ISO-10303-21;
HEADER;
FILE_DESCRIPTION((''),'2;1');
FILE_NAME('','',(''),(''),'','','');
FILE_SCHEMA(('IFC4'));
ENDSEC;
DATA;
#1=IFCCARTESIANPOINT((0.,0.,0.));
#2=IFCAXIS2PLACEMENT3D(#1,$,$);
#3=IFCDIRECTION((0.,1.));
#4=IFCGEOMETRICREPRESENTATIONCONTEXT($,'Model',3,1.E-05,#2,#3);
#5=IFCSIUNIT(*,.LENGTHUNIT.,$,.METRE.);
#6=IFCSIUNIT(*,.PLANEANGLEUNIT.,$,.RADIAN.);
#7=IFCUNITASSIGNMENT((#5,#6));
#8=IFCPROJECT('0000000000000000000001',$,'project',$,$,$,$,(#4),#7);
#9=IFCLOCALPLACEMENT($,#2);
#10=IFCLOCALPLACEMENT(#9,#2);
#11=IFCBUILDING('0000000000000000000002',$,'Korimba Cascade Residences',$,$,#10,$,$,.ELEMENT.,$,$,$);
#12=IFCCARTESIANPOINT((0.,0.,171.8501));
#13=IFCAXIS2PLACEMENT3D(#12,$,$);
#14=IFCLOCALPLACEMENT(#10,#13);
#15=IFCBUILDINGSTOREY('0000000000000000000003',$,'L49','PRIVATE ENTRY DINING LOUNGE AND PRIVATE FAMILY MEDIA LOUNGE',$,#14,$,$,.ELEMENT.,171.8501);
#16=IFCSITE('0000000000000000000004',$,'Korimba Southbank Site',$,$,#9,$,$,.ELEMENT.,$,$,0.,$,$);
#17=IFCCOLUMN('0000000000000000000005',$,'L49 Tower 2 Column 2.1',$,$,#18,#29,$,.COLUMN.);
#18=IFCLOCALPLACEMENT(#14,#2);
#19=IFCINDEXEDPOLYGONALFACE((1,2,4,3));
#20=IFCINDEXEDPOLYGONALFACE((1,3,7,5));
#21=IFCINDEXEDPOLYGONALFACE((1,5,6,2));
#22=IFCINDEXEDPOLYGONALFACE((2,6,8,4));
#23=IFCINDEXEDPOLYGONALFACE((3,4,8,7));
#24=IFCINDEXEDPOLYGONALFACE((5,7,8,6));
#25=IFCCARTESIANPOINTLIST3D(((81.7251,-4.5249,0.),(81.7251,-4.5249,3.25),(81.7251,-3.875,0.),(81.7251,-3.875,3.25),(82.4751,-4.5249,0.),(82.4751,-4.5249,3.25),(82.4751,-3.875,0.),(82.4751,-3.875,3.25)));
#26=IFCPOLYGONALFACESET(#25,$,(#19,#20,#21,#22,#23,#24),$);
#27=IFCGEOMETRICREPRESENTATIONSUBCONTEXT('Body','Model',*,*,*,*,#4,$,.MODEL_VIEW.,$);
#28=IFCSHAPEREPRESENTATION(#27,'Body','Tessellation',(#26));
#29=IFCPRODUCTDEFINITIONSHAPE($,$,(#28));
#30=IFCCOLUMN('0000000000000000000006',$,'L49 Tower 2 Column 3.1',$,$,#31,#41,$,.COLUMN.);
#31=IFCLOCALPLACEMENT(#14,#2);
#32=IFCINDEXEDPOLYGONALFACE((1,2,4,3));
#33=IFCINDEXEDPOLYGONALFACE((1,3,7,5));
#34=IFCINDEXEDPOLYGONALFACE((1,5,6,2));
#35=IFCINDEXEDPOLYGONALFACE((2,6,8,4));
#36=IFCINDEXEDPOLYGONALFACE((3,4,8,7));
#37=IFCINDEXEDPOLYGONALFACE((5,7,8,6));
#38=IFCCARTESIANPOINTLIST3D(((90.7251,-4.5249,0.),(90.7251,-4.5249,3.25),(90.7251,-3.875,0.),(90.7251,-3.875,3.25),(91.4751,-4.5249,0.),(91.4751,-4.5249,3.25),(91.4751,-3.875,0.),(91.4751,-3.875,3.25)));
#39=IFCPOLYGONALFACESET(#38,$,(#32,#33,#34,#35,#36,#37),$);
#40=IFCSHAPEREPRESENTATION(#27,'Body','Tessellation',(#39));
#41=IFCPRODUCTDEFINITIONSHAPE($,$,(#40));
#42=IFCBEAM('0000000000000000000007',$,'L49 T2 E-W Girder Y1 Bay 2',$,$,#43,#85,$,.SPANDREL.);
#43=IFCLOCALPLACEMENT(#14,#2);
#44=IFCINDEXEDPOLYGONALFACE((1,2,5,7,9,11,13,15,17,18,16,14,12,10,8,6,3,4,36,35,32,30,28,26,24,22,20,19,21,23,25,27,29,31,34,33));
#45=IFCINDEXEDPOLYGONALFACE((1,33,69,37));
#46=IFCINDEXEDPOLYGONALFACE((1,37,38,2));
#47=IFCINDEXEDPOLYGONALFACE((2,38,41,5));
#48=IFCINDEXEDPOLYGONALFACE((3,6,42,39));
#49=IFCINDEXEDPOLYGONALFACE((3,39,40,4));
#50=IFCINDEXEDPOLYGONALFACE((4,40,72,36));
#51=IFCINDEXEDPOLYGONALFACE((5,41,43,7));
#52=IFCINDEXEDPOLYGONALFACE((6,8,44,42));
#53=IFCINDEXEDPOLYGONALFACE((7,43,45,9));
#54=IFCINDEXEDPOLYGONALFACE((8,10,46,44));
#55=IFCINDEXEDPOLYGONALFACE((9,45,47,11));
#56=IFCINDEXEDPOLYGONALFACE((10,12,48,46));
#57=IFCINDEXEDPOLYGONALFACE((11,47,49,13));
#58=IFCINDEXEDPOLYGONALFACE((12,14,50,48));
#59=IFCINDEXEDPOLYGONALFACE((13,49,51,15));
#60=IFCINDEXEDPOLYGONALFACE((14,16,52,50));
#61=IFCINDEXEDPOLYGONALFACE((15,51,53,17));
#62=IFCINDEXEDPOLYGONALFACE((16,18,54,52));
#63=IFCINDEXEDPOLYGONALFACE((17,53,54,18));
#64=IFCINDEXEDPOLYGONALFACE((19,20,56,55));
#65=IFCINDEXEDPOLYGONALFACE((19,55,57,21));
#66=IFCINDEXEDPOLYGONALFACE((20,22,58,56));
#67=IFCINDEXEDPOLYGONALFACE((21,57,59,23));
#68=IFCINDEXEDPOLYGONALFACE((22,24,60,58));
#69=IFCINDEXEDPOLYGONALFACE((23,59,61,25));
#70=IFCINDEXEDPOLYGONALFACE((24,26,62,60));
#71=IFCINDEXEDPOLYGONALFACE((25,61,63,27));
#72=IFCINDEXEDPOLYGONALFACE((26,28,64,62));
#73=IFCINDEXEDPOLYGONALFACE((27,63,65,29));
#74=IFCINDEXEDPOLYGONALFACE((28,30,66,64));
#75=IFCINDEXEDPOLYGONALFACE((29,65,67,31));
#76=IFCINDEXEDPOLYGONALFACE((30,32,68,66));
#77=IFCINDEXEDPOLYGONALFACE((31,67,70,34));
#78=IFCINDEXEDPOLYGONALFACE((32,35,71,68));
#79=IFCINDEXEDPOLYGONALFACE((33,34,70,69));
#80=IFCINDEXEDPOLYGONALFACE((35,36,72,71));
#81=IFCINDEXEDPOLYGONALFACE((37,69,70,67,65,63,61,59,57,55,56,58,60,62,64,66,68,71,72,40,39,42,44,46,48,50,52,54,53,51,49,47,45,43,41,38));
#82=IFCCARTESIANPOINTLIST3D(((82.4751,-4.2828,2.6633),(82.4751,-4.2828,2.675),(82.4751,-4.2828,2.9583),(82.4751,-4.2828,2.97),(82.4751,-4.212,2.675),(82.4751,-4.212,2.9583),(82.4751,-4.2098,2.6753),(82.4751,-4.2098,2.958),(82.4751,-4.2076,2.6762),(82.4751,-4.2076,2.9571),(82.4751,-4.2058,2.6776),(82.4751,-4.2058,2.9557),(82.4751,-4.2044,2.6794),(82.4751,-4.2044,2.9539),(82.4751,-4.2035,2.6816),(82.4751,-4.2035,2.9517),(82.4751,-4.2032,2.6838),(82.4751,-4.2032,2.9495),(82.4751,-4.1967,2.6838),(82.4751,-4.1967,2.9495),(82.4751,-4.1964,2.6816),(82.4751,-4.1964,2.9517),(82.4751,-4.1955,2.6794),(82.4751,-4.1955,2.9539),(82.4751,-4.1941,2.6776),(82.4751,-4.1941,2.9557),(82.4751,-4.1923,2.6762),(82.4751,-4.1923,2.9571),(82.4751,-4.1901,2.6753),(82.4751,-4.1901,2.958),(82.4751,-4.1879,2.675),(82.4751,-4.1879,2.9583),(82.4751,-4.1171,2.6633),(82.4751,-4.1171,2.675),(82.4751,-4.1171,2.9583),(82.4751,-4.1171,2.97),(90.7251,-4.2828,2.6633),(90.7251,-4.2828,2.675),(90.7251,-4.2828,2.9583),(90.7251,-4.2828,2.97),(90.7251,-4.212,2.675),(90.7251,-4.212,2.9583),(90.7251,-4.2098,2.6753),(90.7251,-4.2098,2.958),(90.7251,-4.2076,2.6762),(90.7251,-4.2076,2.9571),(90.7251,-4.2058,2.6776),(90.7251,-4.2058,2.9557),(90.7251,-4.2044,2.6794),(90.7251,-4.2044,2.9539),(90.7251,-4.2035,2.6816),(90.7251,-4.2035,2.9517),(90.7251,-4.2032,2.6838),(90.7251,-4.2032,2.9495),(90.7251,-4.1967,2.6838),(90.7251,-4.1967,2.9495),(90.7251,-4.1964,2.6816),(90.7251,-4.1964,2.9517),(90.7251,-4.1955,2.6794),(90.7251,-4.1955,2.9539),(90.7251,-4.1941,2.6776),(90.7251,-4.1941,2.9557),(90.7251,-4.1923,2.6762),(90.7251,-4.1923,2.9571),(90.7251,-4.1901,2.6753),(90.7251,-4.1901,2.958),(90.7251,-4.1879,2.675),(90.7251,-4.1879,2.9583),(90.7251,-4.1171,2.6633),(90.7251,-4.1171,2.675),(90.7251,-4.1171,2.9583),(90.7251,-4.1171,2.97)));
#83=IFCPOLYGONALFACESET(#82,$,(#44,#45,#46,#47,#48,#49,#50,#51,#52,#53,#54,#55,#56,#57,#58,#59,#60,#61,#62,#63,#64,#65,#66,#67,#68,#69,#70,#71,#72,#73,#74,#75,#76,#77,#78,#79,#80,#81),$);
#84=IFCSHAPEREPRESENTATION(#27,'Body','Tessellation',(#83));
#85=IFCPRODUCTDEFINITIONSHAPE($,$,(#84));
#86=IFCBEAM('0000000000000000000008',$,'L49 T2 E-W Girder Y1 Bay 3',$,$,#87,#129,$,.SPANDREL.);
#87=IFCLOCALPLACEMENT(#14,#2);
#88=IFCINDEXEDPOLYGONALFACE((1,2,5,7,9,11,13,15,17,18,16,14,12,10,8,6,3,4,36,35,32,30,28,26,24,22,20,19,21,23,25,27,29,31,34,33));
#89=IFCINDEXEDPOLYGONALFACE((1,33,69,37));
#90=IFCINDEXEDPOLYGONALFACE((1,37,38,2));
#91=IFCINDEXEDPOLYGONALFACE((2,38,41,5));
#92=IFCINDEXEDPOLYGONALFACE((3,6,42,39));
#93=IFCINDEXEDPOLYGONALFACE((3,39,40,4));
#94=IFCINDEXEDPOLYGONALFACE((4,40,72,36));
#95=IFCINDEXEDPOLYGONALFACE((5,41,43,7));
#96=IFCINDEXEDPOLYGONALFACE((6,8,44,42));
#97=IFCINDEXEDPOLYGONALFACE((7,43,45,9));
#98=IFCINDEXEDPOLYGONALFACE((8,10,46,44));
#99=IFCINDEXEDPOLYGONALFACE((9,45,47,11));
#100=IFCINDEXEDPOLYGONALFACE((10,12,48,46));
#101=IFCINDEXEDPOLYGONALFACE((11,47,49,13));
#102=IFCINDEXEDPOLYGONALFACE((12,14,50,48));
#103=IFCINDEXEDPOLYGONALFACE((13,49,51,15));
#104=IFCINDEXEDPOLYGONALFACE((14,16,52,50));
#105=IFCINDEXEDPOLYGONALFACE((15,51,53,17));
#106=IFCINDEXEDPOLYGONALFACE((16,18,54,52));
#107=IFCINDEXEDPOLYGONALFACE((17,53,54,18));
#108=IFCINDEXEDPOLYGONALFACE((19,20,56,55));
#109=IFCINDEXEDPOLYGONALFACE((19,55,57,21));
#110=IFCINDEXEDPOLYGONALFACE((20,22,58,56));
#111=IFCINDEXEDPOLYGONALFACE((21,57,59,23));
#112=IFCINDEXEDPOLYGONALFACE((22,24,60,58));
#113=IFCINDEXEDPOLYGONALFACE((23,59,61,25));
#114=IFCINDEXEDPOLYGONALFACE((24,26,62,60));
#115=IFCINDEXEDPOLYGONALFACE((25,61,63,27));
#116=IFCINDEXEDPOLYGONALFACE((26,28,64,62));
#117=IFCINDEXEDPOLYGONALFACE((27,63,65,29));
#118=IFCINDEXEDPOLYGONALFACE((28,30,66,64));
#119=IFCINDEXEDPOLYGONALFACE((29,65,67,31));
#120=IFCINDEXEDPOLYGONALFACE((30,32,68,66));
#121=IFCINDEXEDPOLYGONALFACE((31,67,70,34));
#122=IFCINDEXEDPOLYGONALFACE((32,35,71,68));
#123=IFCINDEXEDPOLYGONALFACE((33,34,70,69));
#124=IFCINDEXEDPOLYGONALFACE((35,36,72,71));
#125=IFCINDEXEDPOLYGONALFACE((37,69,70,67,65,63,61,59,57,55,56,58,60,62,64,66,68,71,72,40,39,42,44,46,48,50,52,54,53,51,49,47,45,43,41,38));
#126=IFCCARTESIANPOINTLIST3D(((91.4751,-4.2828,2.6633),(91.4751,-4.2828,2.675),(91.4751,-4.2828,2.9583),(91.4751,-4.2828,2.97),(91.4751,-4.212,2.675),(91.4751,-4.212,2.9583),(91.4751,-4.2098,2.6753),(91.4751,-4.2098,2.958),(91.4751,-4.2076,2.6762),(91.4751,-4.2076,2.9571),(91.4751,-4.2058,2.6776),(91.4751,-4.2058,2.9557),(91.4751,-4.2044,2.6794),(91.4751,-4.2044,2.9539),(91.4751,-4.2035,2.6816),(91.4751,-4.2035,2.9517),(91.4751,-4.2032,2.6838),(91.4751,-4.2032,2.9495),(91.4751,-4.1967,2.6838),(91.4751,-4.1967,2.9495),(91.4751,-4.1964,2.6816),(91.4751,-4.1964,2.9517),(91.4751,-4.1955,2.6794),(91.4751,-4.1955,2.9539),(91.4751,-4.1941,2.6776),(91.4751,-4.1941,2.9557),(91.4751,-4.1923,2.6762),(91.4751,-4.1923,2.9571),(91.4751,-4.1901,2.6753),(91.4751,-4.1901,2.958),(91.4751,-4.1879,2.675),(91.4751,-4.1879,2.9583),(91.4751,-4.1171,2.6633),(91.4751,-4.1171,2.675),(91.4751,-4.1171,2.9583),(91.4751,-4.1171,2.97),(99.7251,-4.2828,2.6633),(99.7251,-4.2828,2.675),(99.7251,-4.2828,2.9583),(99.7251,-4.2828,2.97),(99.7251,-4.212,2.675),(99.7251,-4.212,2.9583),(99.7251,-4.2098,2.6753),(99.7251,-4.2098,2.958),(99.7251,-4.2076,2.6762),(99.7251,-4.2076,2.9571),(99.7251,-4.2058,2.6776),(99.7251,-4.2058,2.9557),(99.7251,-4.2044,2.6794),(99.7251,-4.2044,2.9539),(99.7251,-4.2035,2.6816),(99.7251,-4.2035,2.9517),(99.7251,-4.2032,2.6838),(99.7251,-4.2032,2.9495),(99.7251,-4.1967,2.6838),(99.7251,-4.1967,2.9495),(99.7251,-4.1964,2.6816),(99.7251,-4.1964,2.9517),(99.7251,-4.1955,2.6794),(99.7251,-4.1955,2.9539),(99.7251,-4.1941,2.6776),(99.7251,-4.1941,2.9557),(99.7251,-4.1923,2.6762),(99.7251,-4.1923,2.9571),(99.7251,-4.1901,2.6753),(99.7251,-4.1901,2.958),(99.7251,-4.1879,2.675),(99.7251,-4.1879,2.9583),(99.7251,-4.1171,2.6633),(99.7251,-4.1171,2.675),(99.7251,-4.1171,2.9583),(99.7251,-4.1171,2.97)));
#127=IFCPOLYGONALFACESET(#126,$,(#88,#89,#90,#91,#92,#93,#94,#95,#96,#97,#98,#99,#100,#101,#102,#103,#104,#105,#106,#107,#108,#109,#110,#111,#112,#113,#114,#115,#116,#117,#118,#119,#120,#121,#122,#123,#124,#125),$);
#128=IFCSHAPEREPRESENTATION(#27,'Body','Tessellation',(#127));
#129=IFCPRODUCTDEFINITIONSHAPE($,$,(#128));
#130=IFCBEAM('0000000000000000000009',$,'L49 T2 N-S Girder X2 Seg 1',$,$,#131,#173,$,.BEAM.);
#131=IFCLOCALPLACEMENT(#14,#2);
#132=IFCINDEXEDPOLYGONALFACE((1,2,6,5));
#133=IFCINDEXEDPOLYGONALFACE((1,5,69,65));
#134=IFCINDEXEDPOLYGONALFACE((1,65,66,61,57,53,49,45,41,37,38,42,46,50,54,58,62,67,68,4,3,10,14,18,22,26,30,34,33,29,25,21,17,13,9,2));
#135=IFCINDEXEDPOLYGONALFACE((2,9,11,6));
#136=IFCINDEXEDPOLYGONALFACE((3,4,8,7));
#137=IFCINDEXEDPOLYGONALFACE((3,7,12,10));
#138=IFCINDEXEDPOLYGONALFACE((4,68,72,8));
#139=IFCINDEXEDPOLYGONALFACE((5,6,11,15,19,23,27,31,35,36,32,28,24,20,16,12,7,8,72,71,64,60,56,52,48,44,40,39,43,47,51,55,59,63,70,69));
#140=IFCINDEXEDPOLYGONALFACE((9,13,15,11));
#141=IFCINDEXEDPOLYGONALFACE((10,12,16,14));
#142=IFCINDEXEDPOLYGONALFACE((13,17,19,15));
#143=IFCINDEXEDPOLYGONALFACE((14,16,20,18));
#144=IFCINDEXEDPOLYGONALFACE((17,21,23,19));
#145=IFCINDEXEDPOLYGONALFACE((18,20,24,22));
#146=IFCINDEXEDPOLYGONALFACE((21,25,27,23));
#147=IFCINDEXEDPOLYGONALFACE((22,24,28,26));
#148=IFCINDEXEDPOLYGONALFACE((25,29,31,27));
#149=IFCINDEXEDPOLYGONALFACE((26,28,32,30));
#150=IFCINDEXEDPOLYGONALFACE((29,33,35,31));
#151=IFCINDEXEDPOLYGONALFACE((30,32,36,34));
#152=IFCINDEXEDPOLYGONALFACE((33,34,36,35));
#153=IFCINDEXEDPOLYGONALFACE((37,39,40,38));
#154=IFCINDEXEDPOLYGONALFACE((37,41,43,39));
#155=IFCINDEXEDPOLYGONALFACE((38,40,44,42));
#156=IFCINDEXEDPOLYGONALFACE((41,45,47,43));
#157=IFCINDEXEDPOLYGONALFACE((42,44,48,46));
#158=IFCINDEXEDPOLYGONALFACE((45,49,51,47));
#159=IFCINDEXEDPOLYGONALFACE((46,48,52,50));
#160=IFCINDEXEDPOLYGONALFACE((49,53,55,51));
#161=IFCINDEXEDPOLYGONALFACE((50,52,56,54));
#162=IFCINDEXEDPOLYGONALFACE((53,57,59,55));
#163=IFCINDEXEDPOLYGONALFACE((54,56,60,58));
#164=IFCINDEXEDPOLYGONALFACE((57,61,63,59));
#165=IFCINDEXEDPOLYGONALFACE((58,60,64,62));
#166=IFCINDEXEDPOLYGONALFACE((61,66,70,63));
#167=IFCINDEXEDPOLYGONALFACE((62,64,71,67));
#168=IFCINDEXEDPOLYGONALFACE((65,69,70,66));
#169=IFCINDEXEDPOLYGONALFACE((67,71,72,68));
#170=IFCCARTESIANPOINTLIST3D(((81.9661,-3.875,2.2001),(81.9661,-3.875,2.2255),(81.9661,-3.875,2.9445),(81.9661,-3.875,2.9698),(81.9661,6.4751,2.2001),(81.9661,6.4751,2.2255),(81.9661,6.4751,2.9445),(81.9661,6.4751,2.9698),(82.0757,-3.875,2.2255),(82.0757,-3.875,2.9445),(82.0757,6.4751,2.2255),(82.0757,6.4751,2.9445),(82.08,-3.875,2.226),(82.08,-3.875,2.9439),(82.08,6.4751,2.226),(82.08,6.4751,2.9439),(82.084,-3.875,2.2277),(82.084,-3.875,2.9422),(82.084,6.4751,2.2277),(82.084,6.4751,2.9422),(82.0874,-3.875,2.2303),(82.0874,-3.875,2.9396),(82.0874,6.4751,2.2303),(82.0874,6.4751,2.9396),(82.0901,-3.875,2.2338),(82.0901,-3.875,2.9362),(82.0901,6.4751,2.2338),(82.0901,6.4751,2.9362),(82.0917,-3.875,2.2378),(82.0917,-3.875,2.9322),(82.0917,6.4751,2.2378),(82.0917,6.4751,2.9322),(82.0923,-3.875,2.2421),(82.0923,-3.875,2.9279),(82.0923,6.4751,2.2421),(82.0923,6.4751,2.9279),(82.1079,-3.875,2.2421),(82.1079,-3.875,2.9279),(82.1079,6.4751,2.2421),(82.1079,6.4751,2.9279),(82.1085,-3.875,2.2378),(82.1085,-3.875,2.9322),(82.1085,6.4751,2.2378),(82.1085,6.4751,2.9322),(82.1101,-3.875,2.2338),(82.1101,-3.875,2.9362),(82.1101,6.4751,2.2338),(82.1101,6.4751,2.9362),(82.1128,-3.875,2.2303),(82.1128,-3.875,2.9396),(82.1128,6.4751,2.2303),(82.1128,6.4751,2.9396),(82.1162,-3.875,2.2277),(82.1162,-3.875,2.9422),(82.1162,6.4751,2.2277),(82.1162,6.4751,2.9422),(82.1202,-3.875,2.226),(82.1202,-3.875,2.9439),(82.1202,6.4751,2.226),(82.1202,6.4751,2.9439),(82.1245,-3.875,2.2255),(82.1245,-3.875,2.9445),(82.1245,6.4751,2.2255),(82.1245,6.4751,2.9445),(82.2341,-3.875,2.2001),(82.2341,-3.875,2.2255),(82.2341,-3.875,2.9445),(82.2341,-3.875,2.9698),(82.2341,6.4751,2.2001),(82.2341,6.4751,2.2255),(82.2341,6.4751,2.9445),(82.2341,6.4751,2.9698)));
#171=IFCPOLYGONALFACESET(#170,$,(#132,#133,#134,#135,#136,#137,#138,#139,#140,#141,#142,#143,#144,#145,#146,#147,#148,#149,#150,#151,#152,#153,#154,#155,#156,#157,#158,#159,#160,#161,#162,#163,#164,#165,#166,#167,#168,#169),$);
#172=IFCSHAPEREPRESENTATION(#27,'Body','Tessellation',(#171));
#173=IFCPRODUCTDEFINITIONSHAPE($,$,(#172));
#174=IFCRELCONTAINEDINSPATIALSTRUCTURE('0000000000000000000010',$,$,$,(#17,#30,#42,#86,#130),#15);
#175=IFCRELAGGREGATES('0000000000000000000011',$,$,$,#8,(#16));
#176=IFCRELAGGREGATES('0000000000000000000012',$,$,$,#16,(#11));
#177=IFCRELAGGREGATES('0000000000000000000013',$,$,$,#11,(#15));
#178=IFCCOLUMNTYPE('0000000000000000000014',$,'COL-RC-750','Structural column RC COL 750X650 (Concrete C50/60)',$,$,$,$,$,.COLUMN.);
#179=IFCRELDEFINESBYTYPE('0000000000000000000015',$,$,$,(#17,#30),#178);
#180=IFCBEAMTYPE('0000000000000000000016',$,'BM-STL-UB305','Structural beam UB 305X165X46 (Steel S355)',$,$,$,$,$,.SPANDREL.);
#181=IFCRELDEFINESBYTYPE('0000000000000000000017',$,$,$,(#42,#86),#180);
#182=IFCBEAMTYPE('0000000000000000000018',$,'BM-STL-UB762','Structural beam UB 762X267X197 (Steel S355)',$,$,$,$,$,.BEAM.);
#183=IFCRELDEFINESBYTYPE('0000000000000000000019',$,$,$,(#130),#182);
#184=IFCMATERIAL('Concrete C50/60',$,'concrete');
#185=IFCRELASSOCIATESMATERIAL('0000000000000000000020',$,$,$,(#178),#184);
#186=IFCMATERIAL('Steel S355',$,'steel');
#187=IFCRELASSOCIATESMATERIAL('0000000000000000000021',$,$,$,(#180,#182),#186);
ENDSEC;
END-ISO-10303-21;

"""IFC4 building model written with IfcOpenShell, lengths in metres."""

from ifc_helpers import new_model, si_unit, direction, frame, origin, origin_2d, place, context, subcontext, project, spatial, rectangle, i_section, extrude, material, material_profile, profile_set, type_object, element, save


model = new_model("IFC4")

# Units and contexts
model_context = context("Model", 3, precision=1e-05, world=origin(), true_north=direction((0.0, 1.0)))
body_context = subcontext(model_context, "Body", "Model", "MODEL_VIEW")
ifc_project = project(units=[si_unit("LENGTHUNIT", "METRE"), si_unit("PLANEANGLEUNIT", "RADIAN")], contexts=[model_context])

# Site, building, storey
site_placement = place(None, origin())
site = spatial("IfcSite", under=ifc_project, at=site_placement, Name="Korimba Southbank Site", CompositionType="ELEMENT", RefElevation=0.0)
building_placement = place(site_placement, origin())
building = spatial("IfcBuilding", under=site, at=building_placement, Name="Korimba Cascade Residences", CompositionType="ELEMENT")
storey_placement = place(building_placement, frame((0.0, 0.0, 171.8501)))
storey = spatial("IfcBuildingStorey", under=building, at=storey_placement, Name="L49", Description="PRIVATE ENTRY DINING LOUNGE AND PRIVATE FAMILY MEDIA LOUNGE", CompositionType="ELEMENT", Elevation=171.8501)

# Columns
ifc_material_1 = material(Name="Concrete C50/60", Category="concrete")
ifc_material_profile_1 = material_profile(ifc_material_1, rectangle(XDim=0.75, YDim=0.6499, at=origin_2d()), Name="Concrete C50/60")
ifc_profile_set_1 = profile_set([ifc_material_profile_1], Name="Concrete C50/60")
column_type = type_object("IfcColumnType", Name="COL-RC-750", Description="Structural column RC COL 750X650 (Concrete C50/60)", PredefinedType="COLUMN", material=ifc_profile_set_1)
for number, where, z_axis, x_axis, name in (
    (1, (82.1001, -4.2, 0.0), (0.0, 0.0, 1.0), (1.0, 0.0, 0.0), "L49 Tower 2 Column 2.1"),
    (2, (91.1001, -4.2, 0.0), (0.0, 0.0, 1.0), (1.0, 0.0, 0.0), "L49 Tower 2 Column 3.1"),
):
    element("IfcColumn", number, at=place(storey_placement, frame(where, z_axis=z_axis, x_axis=x_axis)), inside=storey, type_object=column_type, Name=name, PredefinedType="COLUMN", context=body_context, shape_type="SweptSolid", body=[
        extrude(rectangle(XDim=0.75, YDim=0.6499, at=origin_2d()), origin(), (0.0, 0.0, 1.0), 3.25),
    ])

# Beams
ifc_material_2 = material(Name="Steel S355", Category="steel")
ifc_material_profile_2 = material_profile(ifc_material_2, i_section(OverallWidth=0.1658, OverallDepth=0.3066, WebThickness=0.0066, FlangeThickness=0.0117, FilletRadius=0.0088, at=origin_2d()), Name="Steel S355")
ifc_profile_set_2 = profile_set([ifc_material_profile_2], Name="Steel S355")
beam_type_1 = type_object("IfcBeamType", Name="BM-STL-UB305", Description="Structural beam UB 305X165X46 (Steel S355)", PredefinedType="SPANDREL", material=ifc_profile_set_2)
for number, where, z_axis, x_axis, name in (
    (3, (82.4751, -4.2, 2.8167), (1.0, 0.0, 0.0), (0.0, 1.0, 0.0), "L49 T2 E-W Girder Y1 Bay 2"),
    (4, (91.4751, -4.2, 2.8167), (1.0, 0.0, 0.0), (0.0, 1.0, 0.0), "L49 T2 E-W Girder Y1 Bay 3"),
):
    element("IfcBeam", number, at=place(storey_placement, frame(where, z_axis=z_axis, x_axis=x_axis)), inside=storey, type_object=beam_type_1, Name=name, PredefinedType="SPANDREL", context=body_context, shape_type="SweptSolid", body=[
        extrude(i_section(OverallWidth=0.1658, OverallDepth=0.3066, WebThickness=0.0066, FlangeThickness=0.0117, FilletRadius=0.0088, at=origin_2d()), origin(), (0.0, 0.0, 1.0), 8.25),
    ])
ifc_material_profile_3 = material_profile(ifc_material_2, i_section(OverallWidth=0.2681, OverallDepth=0.7698, WebThickness=0.0156, FlangeThickness=0.0254, FilletRadius=0.0166, at=origin_2d()), Name="Steel S355")
ifc_profile_set_3 = profile_set([ifc_material_profile_3], Name="Steel S355")
beam_type_2 = type_object("IfcBeamType", Name="BM-STL-UB762", Description="Structural beam UB 762X267X197 (Steel S355)", PredefinedType="BEAM", material=ifc_profile_set_3)
for number, where, z_axis, x_axis, name in (
    (5, (82.1001, -3.875, 2.585), (0.0, 1.0, 0.0), (-1.0, 0.0, 0.0), "L49 T2 N-S Girder X2 Seg 1"),
):
    element("IfcBeam", number, at=place(storey_placement, frame(where, z_axis=z_axis, x_axis=x_axis)), inside=storey, type_object=beam_type_2, Name=name, PredefinedType="BEAM", context=body_context, shape_type="SweptSolid", body=[
        extrude(i_section(OverallWidth=0.2681, OverallDepth=0.7698, WebThickness=0.0156, FlangeThickness=0.0254, FilletRadius=0.0166, at=origin_2d()), origin(), (0.0, 0.0, 1.0), 10.3501),
    ])

save(model, "model.ifc")
